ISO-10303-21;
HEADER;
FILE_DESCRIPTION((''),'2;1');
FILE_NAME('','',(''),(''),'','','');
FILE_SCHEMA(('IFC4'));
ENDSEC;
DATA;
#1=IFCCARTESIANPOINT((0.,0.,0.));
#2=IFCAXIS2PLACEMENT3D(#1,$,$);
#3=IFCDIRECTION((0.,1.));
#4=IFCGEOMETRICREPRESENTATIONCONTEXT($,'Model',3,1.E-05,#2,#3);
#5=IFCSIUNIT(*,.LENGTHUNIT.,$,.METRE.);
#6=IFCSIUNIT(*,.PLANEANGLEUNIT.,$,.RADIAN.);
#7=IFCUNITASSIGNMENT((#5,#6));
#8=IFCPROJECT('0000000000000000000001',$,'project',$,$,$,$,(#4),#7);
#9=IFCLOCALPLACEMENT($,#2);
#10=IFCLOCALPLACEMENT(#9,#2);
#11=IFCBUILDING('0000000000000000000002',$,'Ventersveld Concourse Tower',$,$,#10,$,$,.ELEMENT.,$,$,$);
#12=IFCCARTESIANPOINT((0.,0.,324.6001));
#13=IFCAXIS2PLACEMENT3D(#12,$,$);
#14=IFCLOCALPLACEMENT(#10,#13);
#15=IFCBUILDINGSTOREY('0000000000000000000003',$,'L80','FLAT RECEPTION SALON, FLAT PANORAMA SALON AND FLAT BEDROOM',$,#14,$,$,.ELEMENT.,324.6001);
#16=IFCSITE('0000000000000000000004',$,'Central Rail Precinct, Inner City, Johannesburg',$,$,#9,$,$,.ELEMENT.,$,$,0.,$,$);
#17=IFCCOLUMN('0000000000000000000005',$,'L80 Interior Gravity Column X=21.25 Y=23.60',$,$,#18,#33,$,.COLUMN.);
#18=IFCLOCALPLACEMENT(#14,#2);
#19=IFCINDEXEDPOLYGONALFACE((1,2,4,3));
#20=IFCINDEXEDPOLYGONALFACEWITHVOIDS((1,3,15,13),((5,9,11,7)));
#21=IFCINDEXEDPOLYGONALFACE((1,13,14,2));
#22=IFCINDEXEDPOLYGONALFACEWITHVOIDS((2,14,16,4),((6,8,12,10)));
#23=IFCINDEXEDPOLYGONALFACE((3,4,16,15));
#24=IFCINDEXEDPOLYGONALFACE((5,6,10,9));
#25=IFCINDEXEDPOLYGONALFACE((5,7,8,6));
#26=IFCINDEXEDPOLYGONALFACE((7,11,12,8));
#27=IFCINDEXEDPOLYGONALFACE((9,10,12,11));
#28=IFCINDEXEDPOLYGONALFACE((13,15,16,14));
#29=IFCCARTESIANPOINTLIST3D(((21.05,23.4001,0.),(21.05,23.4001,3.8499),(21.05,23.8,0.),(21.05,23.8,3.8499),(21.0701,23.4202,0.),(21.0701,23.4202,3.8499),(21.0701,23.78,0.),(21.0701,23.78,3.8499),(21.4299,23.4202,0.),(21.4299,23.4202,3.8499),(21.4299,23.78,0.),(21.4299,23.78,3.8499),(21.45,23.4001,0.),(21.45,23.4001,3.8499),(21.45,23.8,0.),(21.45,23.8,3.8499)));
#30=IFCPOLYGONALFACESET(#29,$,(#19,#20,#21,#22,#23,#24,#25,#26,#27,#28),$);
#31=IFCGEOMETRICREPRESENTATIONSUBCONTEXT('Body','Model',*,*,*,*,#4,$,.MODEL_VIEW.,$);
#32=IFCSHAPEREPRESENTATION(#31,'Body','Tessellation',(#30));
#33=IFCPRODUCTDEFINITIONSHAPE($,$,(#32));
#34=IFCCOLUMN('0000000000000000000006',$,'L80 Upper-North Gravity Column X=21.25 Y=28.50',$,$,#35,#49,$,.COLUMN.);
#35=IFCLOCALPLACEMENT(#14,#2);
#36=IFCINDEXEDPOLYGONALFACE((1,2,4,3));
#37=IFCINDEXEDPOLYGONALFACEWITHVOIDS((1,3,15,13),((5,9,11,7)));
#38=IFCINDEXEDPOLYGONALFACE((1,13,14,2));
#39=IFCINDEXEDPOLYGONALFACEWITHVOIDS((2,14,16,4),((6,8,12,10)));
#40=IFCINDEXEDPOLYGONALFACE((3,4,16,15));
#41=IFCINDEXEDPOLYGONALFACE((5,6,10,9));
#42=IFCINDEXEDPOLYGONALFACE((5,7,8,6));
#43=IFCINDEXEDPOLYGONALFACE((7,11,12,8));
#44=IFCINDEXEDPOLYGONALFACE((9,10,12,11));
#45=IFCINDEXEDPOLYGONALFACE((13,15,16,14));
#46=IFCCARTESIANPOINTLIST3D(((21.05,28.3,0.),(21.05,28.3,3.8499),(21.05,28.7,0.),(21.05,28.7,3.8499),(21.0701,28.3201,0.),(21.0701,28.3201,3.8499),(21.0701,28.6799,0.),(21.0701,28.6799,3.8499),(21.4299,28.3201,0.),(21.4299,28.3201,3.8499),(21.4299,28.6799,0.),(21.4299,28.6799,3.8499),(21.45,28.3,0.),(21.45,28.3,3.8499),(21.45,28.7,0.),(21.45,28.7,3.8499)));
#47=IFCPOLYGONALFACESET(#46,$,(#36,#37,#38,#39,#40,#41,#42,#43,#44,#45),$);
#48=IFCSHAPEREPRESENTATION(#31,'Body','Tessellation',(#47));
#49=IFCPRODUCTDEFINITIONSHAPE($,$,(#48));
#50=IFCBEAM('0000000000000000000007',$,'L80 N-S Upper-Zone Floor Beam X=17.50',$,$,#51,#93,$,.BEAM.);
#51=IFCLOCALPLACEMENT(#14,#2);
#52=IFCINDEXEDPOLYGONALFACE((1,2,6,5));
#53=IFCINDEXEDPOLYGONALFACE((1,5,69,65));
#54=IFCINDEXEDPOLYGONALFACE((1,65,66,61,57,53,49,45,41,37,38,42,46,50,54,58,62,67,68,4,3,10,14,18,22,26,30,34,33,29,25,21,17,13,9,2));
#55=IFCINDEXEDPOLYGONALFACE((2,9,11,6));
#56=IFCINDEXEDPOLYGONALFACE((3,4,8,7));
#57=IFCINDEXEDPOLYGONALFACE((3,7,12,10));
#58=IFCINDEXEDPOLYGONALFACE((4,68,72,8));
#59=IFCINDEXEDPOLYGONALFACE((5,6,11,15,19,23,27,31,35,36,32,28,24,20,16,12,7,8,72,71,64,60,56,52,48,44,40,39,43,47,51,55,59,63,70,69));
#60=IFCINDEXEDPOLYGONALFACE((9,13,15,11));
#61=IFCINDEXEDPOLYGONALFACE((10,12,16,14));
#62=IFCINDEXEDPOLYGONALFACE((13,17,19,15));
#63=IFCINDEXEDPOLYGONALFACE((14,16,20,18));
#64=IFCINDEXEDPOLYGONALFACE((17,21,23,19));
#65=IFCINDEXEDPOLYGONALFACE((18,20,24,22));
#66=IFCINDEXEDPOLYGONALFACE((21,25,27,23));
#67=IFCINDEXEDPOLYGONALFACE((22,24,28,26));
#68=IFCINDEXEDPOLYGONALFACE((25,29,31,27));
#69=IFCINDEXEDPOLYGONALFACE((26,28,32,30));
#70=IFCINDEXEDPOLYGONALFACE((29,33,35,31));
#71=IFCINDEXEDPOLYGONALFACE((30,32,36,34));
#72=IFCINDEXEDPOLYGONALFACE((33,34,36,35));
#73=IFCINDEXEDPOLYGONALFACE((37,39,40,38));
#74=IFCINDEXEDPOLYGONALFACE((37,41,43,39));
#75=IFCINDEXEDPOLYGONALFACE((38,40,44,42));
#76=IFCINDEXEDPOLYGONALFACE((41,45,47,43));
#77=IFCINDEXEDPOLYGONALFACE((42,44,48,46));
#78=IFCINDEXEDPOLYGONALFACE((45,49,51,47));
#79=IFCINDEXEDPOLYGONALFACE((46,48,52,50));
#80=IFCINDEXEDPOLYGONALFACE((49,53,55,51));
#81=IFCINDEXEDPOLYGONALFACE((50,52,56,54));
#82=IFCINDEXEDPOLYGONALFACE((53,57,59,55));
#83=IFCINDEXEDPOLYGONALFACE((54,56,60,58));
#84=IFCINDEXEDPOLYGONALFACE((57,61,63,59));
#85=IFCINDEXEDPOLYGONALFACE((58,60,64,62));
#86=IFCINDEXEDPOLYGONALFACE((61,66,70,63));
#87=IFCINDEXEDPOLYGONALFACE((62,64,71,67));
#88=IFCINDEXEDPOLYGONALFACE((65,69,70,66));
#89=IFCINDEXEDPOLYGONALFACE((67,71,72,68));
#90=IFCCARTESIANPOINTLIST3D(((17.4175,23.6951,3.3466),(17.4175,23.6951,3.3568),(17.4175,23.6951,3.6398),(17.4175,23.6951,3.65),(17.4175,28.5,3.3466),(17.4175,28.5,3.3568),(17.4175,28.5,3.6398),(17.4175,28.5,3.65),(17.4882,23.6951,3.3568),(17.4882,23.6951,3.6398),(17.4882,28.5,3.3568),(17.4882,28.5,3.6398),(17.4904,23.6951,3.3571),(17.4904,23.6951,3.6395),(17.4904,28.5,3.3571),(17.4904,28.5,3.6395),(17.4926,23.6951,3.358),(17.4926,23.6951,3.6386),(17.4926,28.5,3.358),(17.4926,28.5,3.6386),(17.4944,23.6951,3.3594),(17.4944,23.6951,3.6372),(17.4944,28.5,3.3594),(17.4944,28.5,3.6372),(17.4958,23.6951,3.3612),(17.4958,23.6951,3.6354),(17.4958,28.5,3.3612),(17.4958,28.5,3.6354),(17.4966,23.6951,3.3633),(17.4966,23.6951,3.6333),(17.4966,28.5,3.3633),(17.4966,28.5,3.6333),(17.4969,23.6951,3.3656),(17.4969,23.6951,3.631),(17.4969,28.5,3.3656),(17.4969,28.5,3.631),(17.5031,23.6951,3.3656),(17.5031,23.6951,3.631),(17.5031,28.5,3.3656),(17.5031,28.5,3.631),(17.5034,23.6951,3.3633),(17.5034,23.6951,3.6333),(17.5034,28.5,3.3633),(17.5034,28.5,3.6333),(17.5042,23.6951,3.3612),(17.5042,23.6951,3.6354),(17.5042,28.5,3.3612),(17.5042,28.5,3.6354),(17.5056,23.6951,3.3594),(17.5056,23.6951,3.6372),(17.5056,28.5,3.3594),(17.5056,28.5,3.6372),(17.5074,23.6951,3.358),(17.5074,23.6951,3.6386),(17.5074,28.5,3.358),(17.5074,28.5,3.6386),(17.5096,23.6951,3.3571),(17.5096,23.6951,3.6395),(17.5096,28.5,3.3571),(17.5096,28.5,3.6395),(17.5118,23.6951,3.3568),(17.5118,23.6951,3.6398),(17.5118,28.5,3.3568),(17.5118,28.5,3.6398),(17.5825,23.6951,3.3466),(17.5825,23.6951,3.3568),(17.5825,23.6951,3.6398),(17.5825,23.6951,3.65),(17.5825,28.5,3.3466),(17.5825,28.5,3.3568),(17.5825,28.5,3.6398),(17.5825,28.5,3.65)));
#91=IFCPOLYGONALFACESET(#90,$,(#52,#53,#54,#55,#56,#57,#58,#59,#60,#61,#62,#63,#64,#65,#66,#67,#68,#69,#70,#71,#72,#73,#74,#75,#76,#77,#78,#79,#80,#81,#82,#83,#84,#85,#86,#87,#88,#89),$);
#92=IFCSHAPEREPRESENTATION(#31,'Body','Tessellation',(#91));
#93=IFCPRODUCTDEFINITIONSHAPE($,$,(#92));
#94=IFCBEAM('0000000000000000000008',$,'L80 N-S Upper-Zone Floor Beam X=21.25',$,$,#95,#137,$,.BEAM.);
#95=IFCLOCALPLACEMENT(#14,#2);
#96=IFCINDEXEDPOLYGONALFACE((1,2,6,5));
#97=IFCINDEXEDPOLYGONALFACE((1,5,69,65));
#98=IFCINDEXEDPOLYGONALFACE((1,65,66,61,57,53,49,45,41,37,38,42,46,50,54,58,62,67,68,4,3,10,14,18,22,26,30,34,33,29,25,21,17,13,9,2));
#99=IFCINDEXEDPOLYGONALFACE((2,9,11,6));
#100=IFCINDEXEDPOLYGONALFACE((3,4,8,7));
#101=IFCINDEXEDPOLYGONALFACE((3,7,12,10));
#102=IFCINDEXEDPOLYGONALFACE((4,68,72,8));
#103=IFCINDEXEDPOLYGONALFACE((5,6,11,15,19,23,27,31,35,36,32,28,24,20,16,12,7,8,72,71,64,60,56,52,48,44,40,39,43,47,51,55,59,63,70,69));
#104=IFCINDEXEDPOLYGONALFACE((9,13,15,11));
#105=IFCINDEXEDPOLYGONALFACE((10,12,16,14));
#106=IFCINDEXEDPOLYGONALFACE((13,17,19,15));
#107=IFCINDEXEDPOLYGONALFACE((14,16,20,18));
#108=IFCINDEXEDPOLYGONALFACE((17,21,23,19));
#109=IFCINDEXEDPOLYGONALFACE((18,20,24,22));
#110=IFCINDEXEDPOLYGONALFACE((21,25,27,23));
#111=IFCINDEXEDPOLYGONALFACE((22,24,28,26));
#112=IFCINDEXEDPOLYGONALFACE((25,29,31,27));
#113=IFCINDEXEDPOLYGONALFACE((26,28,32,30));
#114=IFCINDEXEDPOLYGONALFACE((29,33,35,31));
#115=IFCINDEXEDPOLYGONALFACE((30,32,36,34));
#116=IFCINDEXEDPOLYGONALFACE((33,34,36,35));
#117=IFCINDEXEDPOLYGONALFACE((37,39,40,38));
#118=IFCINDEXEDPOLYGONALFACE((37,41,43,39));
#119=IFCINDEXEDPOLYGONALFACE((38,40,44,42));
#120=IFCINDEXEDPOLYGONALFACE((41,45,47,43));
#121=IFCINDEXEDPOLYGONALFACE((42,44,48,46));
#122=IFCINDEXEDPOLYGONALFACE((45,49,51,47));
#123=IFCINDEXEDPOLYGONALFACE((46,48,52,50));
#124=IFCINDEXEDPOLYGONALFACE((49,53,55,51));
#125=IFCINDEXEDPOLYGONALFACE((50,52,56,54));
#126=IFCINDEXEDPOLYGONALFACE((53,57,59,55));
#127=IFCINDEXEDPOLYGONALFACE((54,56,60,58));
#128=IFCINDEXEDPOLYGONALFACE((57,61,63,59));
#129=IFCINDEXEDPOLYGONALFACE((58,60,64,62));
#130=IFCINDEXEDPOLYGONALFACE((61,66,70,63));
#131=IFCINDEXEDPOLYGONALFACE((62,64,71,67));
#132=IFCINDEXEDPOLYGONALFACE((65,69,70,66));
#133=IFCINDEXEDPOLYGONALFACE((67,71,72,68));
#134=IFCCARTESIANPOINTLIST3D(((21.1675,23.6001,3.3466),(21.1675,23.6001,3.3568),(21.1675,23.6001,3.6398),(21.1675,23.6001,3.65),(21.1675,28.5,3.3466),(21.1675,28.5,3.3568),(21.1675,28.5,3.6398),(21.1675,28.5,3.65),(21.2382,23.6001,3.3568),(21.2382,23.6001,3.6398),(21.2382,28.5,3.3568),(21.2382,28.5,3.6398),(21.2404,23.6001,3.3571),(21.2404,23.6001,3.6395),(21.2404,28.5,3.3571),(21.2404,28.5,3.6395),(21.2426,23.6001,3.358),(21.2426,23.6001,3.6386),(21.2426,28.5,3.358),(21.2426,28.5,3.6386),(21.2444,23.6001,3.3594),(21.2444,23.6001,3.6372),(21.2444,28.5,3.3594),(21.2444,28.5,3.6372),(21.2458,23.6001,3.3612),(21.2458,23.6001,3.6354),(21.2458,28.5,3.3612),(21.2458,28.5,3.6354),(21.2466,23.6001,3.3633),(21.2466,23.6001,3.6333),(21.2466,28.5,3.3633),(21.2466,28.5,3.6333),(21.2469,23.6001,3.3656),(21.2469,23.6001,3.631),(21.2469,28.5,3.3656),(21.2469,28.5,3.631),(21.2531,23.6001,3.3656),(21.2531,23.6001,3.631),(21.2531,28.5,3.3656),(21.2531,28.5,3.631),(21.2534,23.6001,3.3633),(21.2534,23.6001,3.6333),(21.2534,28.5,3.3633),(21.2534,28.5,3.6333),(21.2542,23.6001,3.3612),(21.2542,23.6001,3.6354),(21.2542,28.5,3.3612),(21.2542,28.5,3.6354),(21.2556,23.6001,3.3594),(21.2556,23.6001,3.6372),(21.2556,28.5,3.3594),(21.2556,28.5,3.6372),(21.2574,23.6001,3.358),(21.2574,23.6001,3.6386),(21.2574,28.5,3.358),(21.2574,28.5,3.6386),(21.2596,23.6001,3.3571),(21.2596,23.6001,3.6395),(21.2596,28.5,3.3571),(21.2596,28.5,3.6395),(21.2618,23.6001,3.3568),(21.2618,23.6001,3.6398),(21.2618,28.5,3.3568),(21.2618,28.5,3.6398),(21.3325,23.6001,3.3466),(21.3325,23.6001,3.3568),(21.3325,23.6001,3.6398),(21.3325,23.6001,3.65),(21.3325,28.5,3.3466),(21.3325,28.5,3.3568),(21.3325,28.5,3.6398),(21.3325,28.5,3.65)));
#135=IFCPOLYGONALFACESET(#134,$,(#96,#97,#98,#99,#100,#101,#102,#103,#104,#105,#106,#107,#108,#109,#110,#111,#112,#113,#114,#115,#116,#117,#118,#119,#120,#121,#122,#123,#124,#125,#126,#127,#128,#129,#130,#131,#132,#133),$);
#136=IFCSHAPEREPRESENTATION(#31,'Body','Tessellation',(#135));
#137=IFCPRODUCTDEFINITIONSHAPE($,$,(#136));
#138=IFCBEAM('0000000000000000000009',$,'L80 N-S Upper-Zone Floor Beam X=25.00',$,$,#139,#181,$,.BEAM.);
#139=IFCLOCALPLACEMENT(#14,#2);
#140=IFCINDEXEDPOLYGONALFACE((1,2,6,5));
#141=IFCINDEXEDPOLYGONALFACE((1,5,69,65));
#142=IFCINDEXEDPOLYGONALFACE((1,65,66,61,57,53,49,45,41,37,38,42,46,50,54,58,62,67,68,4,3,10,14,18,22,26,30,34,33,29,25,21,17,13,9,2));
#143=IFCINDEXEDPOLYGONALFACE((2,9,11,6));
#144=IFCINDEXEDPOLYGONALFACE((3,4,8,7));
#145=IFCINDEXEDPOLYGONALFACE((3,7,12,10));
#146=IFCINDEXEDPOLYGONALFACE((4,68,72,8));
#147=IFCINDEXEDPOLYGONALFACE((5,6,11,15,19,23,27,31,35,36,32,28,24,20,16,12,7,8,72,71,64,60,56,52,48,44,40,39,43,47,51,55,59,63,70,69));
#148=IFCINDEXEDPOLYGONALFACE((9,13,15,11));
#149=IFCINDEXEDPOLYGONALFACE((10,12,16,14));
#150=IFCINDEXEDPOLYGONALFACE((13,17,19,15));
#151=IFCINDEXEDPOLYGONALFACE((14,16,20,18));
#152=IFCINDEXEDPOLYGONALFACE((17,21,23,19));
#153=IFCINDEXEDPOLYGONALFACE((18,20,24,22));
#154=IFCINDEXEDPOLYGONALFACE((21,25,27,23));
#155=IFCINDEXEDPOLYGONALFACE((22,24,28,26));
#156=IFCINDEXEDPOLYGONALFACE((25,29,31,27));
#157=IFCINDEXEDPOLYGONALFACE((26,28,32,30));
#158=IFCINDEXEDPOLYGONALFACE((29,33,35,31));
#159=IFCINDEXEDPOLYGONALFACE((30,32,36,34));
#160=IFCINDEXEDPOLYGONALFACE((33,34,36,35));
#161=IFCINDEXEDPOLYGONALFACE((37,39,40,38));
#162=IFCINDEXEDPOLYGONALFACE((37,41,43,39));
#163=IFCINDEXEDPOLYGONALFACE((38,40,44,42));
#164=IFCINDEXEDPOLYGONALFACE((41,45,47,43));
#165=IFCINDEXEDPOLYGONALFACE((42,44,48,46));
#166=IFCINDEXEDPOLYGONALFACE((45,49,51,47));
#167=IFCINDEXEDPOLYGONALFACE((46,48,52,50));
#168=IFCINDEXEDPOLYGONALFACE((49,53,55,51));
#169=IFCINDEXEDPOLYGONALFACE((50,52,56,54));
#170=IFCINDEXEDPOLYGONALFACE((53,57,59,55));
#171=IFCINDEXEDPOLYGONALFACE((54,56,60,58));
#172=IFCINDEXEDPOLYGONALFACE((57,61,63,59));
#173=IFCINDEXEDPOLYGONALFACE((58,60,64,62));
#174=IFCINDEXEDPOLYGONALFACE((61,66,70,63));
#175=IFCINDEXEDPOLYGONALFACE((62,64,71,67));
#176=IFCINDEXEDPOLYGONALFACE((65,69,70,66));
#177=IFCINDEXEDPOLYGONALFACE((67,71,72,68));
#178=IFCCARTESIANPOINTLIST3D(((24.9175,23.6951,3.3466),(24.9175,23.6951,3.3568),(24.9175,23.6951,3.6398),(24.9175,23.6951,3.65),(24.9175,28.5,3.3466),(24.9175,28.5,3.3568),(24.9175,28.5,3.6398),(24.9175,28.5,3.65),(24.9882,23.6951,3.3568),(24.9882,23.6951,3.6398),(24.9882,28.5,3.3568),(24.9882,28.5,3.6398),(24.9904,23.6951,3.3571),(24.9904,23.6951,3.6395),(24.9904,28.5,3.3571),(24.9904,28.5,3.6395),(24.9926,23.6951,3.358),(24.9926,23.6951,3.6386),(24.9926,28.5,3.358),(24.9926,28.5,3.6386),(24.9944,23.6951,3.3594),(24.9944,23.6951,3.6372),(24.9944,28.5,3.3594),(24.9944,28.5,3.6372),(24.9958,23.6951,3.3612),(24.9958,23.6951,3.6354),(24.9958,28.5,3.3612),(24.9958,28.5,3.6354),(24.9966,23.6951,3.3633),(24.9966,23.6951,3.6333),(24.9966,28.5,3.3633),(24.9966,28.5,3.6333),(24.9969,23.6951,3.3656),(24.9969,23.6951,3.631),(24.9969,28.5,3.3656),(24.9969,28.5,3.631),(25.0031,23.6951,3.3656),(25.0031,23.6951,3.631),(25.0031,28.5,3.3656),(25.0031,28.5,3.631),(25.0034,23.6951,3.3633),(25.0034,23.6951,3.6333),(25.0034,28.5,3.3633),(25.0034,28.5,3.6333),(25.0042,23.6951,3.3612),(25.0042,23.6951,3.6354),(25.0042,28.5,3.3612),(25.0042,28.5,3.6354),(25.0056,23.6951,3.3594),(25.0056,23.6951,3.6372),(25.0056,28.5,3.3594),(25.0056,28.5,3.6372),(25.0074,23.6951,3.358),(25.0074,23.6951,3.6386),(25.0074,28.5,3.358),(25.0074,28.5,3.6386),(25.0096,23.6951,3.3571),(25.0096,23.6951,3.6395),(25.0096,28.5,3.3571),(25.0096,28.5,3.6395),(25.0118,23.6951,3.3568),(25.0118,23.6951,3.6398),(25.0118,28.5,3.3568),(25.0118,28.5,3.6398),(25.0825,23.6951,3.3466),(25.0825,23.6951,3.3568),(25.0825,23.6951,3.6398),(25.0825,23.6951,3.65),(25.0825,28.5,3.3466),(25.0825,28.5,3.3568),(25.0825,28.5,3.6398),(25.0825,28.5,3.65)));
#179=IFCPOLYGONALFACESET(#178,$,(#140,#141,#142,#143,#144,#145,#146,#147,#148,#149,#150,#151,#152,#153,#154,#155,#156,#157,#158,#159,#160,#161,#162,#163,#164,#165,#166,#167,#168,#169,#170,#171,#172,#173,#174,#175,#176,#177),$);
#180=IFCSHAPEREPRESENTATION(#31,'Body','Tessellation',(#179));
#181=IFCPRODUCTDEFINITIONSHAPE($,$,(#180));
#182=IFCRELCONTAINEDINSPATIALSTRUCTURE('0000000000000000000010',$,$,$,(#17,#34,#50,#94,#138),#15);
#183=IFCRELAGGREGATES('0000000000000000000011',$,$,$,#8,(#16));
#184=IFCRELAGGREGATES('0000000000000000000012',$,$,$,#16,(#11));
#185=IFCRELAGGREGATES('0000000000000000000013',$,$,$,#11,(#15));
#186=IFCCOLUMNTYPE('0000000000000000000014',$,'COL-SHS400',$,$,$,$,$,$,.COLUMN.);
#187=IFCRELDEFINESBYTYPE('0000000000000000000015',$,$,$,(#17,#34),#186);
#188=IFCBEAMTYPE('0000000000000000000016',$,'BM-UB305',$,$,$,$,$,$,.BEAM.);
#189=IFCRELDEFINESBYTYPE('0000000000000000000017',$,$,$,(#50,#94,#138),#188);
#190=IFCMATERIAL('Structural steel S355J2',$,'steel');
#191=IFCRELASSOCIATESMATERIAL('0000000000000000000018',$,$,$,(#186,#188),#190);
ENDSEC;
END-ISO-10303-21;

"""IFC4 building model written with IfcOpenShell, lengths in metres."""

from ifc_helpers import new_model, si_unit, direction, frame, origin, origin_2d, place, context, subcontext, project, spatial, hollow_rectangle, i_section, extrude, material, material_profile, profile_set, type_object, element, save


model = new_model("IFC4")

# Units and contexts
model_context = context("Model", 3, precision=1e-05, world=origin(), true_north=direction((0.0, 1.0)))
body_context = subcontext(model_context, "Body", "Model", "MODEL_VIEW")
ifc_project = project(units=[si_unit("LENGTHUNIT", "METRE"), si_unit("PLANEANGLEUNIT", "RADIAN")], contexts=[model_context])

# Site, building, storey
site_placement = place(None, origin())
site = spatial("IfcSite", under=ifc_project, at=site_placement, Name="Central Rail Precinct, Inner City, Johannesburg", CompositionType="ELEMENT", RefElevation=0.0)
building_placement = place(site_placement, origin())
building = spatial("IfcBuilding", under=site, at=building_placement, Name="Ventersveld Concourse Tower", CompositionType="ELEMENT")
storey_placement = place(building_placement, frame((0.0, 0.0, 324.6001)))
storey = spatial("IfcBuildingStorey", under=building, at=storey_placement, Name="L80", Description="FLAT RECEPTION SALON, FLAT PANORAMA SALON AND FLAT BEDROOM", CompositionType="ELEMENT", Elevation=324.6001)

# Columns
ifc_material_1 = material(Name="Structural steel S355J2", Category="steel")
ifc_material_profile_1 = material_profile(ifc_material_1, hollow_rectangle(XDim=0.3999, YDim=0.3999, WallThickness=0.02, at=origin_2d()), Name="SHS 400x400x20")
ifc_profile_set_1 = profile_set([ifc_material_profile_1], Name="Structural steel S355J2")
column_type = type_object("IfcColumnType", Name="COL-SHS400", PredefinedType="COLUMN", material=ifc_profile_set_1)
for number, where, z_axis, x_axis, name in (
    (1, (21.25, 23.6001, 0.0), (0.0, 0.0, 1.0), (1.0, 0.0, 0.0), "L80 Interior Gravity Column X=21.25 Y=23.60"),
    (2, (21.25, 28.5, 0.0), (0.0, 0.0, 1.0), (1.0, 0.0, 0.0), "L80 Upper-North Gravity Column X=21.25 Y=28.50"),
):
    element("IfcColumn", number, at=place(storey_placement, frame(where, z_axis=z_axis, x_axis=x_axis)), inside=storey, type_object=column_type, Name=name, PredefinedType="COLUMN", context=body_context, shape_type="SweptSolid", body=[
        extrude(hollow_rectangle(XDim=0.3999, YDim=0.3999, WallThickness=0.02, at=origin_2d()), origin(), (0.0, 0.0, 1.0), 3.8499),
    ])

# Beams
ifc_material_profile_2 = material_profile(ifc_material_1, i_section(OverallWidth=0.165, OverallDepth=0.3035, WebThickness=0.0061, FlangeThickness=0.0103, FilletRadius=0.0088, at=origin_2d()), Name="UB 305x165x40")
ifc_profile_set_2 = profile_set([ifc_material_profile_2], Name="Structural steel S355J2")
beam_type_1 = type_object("IfcBeamType", Name="BM-UB305", PredefinedType="BEAM", material=ifc_profile_set_2)
beam_1_placement = place(storey_placement, frame((17.5, 23.6951, 3.4983), z_axis=(0.0, 1.0, 0.0), x_axis=(-1.0, 0.0, 0.0)))
element("IfcBeam", 3, at=beam_1_placement, inside=storey, type_object=beam_type_1, Name="L80 N-S Upper-Zone Floor Beam X=17.50", PredefinedType="BEAM", context=body_context, shape_type="SweptSolid", body=[
    extrude(i_section(OverallWidth=0.165, OverallDepth=0.3035, WebThickness=0.0061, FlangeThickness=0.0103, FilletRadius=0.0088, at=origin_2d()), origin(), (0.0, 0.0, 1.0), 4.8049),
])
beam_2_placement = place(storey_placement, frame((21.25, 23.6001, 3.4983), z_axis=(0.0, 1.0, 0.0), x_axis=(-1.0, 0.0, 0.0)))
element("IfcBeam", 4, at=beam_2_placement, inside=storey, type_object=beam_type_1, Name="L80 N-S Upper-Zone Floor Beam X=21.25", PredefinedType="BEAM", context=body_context, shape_type="SweptSolid", body=[
    extrude(i_section(OverallWidth=0.165, OverallDepth=0.3035, WebThickness=0.0061, FlangeThickness=0.0103, FilletRadius=0.0088, at=origin_2d()), origin(), (0.0, 0.0, 1.0), 4.8999),
])
beam_3_placement = place(storey_placement, frame((25.0, 23.6951, 3.4983), z_axis=(0.0, 1.0, 0.0), x_axis=(-1.0, 0.0, 0.0)))
element("IfcBeam", 5, at=beam_3_placement, inside=storey, type_object=beam_type_1, Name="L80 N-S Upper-Zone Floor Beam X=25.00", PredefinedType="BEAM", context=body_context, shape_type="SweptSolid", body=[
    extrude(i_section(OverallWidth=0.165, OverallDepth=0.3035, WebThickness=0.0061, FlangeThickness=0.0103, FilletRadius=0.0088, at=origin_2d()), origin(), (0.0, 0.0, 1.0), 4.8049),
])

save(model, "model.ifc")
